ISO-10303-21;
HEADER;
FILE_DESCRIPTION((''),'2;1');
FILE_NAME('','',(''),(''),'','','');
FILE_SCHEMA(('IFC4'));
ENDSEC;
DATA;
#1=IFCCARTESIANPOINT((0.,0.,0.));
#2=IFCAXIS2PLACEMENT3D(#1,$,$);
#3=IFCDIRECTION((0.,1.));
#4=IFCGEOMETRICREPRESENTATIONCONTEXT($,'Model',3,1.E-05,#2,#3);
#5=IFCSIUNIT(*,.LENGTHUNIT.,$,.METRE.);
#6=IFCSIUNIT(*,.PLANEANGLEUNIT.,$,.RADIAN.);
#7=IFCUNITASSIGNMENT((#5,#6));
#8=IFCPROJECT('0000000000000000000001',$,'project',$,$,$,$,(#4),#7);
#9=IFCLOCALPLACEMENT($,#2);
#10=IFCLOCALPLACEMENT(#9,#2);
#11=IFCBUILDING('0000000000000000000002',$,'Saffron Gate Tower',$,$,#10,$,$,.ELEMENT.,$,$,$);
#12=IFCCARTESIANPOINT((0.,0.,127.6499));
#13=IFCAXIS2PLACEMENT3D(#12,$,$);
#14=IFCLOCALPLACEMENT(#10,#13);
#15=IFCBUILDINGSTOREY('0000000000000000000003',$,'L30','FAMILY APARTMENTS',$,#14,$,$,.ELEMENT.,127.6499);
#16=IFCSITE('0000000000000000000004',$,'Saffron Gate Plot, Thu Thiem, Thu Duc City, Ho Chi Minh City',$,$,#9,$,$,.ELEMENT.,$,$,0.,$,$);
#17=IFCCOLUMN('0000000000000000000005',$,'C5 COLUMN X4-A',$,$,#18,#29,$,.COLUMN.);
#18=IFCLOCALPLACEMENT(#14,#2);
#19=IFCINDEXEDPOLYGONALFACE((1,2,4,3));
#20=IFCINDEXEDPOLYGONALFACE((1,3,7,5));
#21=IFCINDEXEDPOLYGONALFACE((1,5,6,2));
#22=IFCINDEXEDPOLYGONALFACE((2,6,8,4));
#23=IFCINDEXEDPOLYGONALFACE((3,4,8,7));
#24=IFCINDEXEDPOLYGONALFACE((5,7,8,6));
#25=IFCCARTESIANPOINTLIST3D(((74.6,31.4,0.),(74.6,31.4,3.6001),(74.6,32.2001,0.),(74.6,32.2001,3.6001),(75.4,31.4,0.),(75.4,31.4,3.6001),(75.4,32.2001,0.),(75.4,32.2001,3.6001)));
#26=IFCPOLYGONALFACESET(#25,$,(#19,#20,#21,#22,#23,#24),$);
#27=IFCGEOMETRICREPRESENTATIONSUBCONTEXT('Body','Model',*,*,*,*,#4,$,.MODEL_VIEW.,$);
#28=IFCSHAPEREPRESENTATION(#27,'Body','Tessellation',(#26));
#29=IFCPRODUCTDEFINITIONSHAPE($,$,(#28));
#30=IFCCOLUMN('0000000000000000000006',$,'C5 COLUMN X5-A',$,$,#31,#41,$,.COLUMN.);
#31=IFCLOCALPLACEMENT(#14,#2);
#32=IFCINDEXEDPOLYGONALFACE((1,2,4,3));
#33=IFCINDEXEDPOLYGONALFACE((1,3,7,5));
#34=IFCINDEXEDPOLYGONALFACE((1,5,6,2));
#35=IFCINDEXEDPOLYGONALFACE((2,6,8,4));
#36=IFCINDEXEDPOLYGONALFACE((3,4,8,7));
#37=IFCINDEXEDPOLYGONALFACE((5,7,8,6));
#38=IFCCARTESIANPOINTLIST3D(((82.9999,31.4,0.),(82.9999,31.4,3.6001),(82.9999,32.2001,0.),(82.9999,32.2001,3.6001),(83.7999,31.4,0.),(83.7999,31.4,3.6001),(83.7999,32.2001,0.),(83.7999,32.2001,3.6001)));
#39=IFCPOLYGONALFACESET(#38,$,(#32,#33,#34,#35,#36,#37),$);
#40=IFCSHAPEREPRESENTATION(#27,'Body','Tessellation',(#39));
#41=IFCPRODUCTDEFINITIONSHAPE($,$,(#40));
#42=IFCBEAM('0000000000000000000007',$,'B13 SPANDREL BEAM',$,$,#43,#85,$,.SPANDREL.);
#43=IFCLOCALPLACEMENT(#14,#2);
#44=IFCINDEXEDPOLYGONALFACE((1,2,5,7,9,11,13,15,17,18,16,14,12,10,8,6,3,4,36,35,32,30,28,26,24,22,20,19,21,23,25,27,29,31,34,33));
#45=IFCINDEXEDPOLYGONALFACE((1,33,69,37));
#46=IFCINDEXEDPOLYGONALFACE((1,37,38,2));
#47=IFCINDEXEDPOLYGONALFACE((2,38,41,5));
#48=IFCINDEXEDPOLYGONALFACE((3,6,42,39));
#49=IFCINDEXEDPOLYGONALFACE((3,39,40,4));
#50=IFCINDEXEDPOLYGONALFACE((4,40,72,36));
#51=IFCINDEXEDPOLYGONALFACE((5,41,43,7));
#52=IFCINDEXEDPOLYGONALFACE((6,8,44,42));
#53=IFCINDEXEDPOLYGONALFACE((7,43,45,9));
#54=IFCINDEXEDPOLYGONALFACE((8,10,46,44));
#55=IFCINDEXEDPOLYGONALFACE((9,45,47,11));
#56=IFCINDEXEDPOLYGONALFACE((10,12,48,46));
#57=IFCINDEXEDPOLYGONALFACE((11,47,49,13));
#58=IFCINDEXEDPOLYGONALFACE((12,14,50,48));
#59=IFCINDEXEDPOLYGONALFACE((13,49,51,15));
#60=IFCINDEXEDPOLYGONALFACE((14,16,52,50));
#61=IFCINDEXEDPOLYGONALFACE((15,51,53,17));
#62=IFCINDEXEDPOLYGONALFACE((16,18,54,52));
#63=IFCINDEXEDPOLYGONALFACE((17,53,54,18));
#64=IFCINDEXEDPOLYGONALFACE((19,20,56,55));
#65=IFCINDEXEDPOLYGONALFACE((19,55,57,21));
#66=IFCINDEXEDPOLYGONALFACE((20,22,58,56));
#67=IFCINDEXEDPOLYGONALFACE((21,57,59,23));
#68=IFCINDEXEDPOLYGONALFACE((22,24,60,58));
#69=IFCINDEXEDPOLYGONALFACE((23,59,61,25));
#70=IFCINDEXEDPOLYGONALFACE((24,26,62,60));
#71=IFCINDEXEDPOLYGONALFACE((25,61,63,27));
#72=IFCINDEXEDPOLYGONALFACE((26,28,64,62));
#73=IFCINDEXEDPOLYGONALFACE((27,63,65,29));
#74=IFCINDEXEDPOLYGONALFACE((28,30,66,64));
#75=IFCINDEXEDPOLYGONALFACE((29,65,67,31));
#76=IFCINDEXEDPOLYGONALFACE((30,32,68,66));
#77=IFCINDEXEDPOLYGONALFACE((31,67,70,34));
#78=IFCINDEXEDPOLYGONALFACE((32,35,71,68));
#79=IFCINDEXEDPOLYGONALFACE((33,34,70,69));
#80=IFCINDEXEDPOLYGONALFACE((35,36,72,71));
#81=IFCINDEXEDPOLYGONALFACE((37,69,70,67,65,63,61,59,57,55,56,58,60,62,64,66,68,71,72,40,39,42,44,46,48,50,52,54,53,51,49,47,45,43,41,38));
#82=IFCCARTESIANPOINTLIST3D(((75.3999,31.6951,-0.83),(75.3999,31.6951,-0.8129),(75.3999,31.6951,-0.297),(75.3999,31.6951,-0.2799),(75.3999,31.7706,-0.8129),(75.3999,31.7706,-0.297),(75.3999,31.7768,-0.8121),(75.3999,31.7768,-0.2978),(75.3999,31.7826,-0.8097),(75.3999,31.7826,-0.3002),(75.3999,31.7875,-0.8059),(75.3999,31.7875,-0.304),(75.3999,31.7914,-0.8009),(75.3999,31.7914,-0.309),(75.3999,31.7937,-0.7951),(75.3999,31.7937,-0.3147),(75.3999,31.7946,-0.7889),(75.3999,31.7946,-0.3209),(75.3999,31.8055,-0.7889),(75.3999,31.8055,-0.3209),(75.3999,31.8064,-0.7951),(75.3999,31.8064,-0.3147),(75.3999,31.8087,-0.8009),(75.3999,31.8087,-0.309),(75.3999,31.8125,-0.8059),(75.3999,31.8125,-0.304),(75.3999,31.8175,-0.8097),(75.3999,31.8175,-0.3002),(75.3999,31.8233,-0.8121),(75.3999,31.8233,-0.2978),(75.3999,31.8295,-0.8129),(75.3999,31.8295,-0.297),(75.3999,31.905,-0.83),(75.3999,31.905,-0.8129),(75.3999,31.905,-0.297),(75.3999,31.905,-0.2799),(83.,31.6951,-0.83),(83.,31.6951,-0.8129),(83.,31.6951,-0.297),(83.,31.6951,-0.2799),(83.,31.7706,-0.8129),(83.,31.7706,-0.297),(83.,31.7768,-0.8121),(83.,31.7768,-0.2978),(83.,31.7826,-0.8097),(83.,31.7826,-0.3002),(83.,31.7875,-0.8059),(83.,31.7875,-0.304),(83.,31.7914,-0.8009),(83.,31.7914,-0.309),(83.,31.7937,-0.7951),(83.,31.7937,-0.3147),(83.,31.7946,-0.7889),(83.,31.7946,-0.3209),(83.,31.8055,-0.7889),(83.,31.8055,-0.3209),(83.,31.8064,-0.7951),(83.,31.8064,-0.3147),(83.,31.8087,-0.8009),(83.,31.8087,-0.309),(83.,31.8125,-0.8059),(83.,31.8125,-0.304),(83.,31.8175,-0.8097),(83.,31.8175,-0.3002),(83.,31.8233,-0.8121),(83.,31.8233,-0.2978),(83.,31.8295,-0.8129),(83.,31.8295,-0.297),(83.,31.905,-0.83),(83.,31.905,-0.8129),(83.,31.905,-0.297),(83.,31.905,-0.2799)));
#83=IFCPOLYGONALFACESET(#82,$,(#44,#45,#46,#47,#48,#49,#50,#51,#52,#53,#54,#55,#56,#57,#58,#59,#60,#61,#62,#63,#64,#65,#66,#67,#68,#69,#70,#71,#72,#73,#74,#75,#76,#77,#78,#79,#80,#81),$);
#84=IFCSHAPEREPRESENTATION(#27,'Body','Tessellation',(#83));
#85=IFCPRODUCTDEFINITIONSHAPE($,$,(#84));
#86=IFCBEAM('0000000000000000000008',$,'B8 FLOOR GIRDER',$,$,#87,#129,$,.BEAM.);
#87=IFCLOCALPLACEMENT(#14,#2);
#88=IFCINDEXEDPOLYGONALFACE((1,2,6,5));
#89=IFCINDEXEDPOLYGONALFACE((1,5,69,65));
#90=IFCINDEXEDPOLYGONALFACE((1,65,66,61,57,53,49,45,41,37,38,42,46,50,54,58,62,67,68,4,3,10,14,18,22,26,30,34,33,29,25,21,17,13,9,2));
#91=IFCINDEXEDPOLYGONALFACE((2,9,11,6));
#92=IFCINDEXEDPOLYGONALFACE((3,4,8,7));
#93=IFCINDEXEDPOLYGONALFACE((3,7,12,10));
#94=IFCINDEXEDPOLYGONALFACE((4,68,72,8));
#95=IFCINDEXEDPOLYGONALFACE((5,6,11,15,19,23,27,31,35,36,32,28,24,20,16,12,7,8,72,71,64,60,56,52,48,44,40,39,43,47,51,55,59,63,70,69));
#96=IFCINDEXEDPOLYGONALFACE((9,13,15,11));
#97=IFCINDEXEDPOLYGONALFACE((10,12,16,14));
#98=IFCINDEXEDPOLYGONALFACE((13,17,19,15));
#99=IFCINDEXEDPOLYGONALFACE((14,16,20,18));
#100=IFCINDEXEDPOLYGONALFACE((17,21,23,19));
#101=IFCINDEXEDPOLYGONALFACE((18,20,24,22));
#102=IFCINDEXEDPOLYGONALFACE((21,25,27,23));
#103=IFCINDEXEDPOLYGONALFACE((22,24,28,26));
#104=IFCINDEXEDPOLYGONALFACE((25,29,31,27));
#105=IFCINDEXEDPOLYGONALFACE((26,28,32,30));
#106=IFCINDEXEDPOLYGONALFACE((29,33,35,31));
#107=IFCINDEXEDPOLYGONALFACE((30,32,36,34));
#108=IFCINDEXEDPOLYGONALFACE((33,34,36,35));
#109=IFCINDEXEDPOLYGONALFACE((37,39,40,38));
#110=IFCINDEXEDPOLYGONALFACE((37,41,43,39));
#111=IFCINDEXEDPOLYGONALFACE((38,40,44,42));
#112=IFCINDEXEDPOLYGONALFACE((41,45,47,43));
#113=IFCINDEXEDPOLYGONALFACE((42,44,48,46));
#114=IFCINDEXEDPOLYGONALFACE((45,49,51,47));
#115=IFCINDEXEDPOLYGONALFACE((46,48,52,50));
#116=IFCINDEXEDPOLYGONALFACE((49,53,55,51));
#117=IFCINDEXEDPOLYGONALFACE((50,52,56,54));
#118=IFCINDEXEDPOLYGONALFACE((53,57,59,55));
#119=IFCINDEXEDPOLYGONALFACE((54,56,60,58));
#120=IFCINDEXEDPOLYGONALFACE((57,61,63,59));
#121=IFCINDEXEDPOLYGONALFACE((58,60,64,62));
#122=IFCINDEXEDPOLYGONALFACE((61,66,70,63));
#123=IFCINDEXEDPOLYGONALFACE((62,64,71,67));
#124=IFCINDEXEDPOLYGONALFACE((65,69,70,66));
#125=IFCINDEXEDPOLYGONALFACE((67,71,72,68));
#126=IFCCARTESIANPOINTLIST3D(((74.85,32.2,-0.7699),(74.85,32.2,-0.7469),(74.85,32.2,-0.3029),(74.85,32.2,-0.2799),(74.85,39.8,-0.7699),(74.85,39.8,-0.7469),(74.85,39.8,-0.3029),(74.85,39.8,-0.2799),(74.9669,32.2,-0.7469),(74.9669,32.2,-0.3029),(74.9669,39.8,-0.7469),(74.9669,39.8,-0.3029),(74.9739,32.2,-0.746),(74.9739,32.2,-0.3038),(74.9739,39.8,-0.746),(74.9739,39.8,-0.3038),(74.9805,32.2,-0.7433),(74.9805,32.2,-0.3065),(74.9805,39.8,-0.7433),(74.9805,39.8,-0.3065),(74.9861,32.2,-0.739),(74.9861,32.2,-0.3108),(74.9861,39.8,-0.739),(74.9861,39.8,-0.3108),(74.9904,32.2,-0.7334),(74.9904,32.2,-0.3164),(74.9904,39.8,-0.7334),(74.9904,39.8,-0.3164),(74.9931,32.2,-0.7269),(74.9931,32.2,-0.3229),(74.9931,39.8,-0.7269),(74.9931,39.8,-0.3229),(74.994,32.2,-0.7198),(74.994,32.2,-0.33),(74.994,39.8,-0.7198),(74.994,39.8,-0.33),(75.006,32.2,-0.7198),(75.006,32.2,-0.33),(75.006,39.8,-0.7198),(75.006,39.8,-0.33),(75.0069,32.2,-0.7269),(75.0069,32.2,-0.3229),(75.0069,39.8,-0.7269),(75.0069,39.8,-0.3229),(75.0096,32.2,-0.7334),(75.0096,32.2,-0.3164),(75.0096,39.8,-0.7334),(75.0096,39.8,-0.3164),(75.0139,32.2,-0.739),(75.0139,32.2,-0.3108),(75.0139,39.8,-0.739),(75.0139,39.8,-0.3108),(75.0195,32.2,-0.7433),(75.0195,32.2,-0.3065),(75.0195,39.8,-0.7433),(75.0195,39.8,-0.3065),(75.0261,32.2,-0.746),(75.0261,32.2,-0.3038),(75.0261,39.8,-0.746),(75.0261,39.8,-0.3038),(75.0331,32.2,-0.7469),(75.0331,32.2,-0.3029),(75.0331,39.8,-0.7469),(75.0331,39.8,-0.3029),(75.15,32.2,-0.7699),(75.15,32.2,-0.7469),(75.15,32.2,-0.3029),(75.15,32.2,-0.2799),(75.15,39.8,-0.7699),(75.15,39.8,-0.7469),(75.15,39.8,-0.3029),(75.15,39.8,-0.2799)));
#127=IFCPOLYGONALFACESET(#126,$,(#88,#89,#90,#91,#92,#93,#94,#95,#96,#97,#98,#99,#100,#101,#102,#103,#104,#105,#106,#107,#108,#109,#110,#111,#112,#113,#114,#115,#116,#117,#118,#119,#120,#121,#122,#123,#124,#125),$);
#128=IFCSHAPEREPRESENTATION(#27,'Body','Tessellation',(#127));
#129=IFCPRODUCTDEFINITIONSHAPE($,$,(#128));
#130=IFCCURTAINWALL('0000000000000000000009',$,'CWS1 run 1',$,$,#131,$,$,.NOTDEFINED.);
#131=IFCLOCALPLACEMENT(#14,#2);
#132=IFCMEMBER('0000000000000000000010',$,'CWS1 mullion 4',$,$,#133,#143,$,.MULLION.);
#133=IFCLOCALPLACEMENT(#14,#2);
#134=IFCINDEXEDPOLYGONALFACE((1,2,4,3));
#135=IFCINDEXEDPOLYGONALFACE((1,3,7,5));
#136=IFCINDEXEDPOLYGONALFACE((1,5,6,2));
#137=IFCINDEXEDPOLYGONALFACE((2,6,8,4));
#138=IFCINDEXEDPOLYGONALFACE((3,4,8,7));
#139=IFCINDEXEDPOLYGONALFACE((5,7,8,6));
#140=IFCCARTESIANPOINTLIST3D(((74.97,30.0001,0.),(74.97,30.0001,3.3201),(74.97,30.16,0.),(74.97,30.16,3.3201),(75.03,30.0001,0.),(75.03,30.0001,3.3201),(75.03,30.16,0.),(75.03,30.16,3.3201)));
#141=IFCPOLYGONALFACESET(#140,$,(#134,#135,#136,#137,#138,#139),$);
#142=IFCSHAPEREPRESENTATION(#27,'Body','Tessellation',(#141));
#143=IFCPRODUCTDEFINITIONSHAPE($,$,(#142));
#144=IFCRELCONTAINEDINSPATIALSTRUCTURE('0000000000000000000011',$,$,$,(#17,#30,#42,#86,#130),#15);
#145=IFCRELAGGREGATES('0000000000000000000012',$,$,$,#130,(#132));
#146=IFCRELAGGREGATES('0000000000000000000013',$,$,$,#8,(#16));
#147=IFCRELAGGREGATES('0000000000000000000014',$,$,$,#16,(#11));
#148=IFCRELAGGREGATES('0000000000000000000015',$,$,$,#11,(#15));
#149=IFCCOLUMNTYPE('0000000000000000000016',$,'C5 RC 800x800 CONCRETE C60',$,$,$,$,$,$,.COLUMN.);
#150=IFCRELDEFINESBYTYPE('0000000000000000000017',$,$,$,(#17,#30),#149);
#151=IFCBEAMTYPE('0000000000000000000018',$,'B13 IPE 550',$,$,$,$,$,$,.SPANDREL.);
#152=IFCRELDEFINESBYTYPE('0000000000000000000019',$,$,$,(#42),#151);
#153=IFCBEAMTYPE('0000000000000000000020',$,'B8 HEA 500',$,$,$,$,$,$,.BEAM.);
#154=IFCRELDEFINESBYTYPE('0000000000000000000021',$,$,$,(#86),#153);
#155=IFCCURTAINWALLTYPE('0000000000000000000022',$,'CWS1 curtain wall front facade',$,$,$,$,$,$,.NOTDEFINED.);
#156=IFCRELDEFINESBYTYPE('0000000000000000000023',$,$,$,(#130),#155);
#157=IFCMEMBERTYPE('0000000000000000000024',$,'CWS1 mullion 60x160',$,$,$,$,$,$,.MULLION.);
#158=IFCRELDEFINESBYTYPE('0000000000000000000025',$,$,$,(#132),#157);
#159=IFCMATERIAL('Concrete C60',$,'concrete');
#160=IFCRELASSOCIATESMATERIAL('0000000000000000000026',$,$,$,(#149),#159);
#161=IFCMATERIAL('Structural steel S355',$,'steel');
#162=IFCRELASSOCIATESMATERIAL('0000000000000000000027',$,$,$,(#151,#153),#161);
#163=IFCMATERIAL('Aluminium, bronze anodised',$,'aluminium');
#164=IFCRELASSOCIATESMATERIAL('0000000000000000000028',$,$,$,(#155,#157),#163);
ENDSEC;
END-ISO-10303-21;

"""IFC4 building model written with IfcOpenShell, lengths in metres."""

from ifc_helpers import new_model, si_unit, direction, frame, origin, origin_2d, place, context, subcontext, project, spatial, rectangle, i_section, extrude, material, material_profile, profile_set, type_object, element, aggregate, save


model = new_model("IFC4")

# Units and contexts
model_context = context("Model", 3, precision=1e-05, world=origin(), true_north=direction((0.0, 1.0)))
body_context = subcontext(model_context, "Body", "Model", "MODEL_VIEW")
ifc_project = project(units=[si_unit("LENGTHUNIT", "METRE"), si_unit("PLANEANGLEUNIT", "RADIAN")], contexts=[model_context])

# Site, building, storey
site_placement = place(None, origin())
site = spatial("IfcSite", under=ifc_project, at=site_placement, Name="Saffron Gate Plot, Thu Thiem, Thu Duc City, Ho Chi Minh City", CompositionType="ELEMENT", RefElevation=0.0)
building_placement = place(site_placement, origin())
building = spatial("IfcBuilding", under=site, at=building_placement, Name="Saffron Gate Tower", CompositionType="ELEMENT")
storey_placement = place(building_placement, frame((0.0, 0.0, 127.6499)))
storey = spatial("IfcBuildingStorey", under=building, at=storey_placement, Name="L30", Description="FAMILY APARTMENTS", CompositionType="ELEMENT", Elevation=127.6499)

# Columns
ifc_material_1 = material(Name="Concrete C60", Category="concrete")
ifc_material_profile_1 = material_profile(ifc_material_1, rectangle(XDim=0.8, YDim=0.8, at=origin_2d()))
ifc_profile_set_1 = profile_set([ifc_material_profile_1], Name="Concrete C60")
column_type = type_object("IfcColumnType", Name="C5 RC 800x800 CONCRETE C60", PredefinedType="COLUMN", material=ifc_profile_set_1)
for number, where, z_axis, x_axis, name in (
    (1, (75.0, 31.8, 0.0), (0.0, 0.0, 1.0), (1.0, 0.0, 0.0), "C5 COLUMN X4-A"),
    (2, (83.3999, 31.8, 0.0), (0.0, 0.0, 1.0), (1.0, 0.0, 0.0), "C5 COLUMN X5-A"),
):
    element("IfcColumn", number, at=place(storey_placement, frame(where, z_axis=z_axis, x_axis=x_axis)), inside=storey, type_object=column_type, Name=name, PredefinedType="COLUMN", context=body_context, shape_type="SweptSolid", body=[
        extrude(rectangle(XDim=0.8, YDim=0.8, at=origin_2d()), origin(), (0.0, 0.0, 1.0), 3.6001),
    ])

# Beams
ifc_material_2 = material(Name="Structural steel S355", Category="steel")
ifc_material_profile_2 = material_profile(ifc_material_2, i_section(OverallWidth=0.21, OverallDepth=0.55, WebThickness=0.011, FlangeThickness=0.0171, FilletRadius=0.0239, at=origin_2d()))
ifc_profile_set_2 = profile_set([ifc_material_profile_2], Name="Structural steel S355")
beam_type_1 = type_object("IfcBeamType", Name="B13 IPE 550", PredefinedType="SPANDREL", material=ifc_profile_set_2)
beam_1_placement = place(storey_placement, frame((75.3999, 31.8, -0.5549), z_axis=(1.0, 0.0, 0.0), x_axis=(0.0, 1.0, 0.0)))
element("IfcBeam", 3, at=beam_1_placement, inside=storey, type_object=beam_type_1, Name="B13 SPANDREL BEAM", PredefinedType="SPANDREL", context=body_context, shape_type="SweptSolid", body=[
    extrude(i_section(OverallWidth=0.21, OverallDepth=0.55, WebThickness=0.011, FlangeThickness=0.0171, FilletRadius=0.0239, at=origin_2d()), origin(), (0.0, 0.0, 1.0), 7.6001),
])
ifc_material_profile_3 = material_profile(ifc_material_2, i_section(OverallWidth=0.3, OverallDepth=0.49, WebThickness=0.012, FlangeThickness=0.0229, FilletRadius=0.0271, at=origin_2d()))
ifc_profile_set_3 = profile_set([ifc_material_profile_3], Name="Structural steel S355")
beam_type_2 = type_object("IfcBeamType", Name="B8 HEA 500", PredefinedType="BEAM", material=ifc_profile_set_3)
beam_2_placement = place(storey_placement, frame((75.0, 32.2, -0.5249), z_axis=(0.0, 1.0, 0.0), x_axis=(-1.0, 0.0, 0.0)))
element("IfcBeam", 4, at=beam_2_placement, inside=storey, type_object=beam_type_2, Name="B8 FLOOR GIRDER", PredefinedType="BEAM", context=body_context, shape_type="SweptSolid", body=[
    extrude(i_section(OverallWidth=0.3, OverallDepth=0.49, WebThickness=0.012, FlangeThickness=0.0229, FilletRadius=0.0271, at=origin_2d()), origin(), (0.0, 0.0, 1.0), 7.6001),
])

# Curtain wall, member
ifc_material_3 = material(Name="Aluminium, bronze anodised", Category="aluminium")
curtain_wall_type = type_object("IfcCurtainWallType", Name="CWS1 curtain wall front facade", PredefinedType="NOTDEFINED", material=ifc_material_3)
curtain_wall_placement = place(storey_placement, origin())
curtain_wall = element("IfcCurtainWall", 5, at=curtain_wall_placement, inside=storey, type_object=curtain_wall_type, Name="CWS1 run 1", PredefinedType="NOTDEFINED")
ifc_material_profile_4 = material_profile(ifc_material_3, rectangle(XDim=0.1599, YDim=0.0601, at=origin_2d()))
ifc_profile_set_4 = profile_set([ifc_material_profile_4], Name="Aluminium, bronze anodised")
member_type = type_object("IfcMemberType", Name="CWS1 mullion 60x160", PredefinedType="MULLION", material=ifc_profile_set_4)
member_placement = place(storey_placement, frame((75.0, 30.0801, 0.0), z_axis=(0.0, 0.0, 1.0), x_axis=(0.0, 1.0, 0.0)))
member = element("IfcMember", 6, at=member_placement, type_object=member_type, Name="CWS1 mullion 4", PredefinedType="MULLION", context=body_context, shape_type="SweptSolid", body=[
    extrude(rectangle(XDim=0.1599, YDim=0.0601, at=origin_2d()), origin(), (0.0, 0.0, 1.0), 3.3201),
])
aggregate(curtain_wall, [member])

save(model, "model.ifc")
